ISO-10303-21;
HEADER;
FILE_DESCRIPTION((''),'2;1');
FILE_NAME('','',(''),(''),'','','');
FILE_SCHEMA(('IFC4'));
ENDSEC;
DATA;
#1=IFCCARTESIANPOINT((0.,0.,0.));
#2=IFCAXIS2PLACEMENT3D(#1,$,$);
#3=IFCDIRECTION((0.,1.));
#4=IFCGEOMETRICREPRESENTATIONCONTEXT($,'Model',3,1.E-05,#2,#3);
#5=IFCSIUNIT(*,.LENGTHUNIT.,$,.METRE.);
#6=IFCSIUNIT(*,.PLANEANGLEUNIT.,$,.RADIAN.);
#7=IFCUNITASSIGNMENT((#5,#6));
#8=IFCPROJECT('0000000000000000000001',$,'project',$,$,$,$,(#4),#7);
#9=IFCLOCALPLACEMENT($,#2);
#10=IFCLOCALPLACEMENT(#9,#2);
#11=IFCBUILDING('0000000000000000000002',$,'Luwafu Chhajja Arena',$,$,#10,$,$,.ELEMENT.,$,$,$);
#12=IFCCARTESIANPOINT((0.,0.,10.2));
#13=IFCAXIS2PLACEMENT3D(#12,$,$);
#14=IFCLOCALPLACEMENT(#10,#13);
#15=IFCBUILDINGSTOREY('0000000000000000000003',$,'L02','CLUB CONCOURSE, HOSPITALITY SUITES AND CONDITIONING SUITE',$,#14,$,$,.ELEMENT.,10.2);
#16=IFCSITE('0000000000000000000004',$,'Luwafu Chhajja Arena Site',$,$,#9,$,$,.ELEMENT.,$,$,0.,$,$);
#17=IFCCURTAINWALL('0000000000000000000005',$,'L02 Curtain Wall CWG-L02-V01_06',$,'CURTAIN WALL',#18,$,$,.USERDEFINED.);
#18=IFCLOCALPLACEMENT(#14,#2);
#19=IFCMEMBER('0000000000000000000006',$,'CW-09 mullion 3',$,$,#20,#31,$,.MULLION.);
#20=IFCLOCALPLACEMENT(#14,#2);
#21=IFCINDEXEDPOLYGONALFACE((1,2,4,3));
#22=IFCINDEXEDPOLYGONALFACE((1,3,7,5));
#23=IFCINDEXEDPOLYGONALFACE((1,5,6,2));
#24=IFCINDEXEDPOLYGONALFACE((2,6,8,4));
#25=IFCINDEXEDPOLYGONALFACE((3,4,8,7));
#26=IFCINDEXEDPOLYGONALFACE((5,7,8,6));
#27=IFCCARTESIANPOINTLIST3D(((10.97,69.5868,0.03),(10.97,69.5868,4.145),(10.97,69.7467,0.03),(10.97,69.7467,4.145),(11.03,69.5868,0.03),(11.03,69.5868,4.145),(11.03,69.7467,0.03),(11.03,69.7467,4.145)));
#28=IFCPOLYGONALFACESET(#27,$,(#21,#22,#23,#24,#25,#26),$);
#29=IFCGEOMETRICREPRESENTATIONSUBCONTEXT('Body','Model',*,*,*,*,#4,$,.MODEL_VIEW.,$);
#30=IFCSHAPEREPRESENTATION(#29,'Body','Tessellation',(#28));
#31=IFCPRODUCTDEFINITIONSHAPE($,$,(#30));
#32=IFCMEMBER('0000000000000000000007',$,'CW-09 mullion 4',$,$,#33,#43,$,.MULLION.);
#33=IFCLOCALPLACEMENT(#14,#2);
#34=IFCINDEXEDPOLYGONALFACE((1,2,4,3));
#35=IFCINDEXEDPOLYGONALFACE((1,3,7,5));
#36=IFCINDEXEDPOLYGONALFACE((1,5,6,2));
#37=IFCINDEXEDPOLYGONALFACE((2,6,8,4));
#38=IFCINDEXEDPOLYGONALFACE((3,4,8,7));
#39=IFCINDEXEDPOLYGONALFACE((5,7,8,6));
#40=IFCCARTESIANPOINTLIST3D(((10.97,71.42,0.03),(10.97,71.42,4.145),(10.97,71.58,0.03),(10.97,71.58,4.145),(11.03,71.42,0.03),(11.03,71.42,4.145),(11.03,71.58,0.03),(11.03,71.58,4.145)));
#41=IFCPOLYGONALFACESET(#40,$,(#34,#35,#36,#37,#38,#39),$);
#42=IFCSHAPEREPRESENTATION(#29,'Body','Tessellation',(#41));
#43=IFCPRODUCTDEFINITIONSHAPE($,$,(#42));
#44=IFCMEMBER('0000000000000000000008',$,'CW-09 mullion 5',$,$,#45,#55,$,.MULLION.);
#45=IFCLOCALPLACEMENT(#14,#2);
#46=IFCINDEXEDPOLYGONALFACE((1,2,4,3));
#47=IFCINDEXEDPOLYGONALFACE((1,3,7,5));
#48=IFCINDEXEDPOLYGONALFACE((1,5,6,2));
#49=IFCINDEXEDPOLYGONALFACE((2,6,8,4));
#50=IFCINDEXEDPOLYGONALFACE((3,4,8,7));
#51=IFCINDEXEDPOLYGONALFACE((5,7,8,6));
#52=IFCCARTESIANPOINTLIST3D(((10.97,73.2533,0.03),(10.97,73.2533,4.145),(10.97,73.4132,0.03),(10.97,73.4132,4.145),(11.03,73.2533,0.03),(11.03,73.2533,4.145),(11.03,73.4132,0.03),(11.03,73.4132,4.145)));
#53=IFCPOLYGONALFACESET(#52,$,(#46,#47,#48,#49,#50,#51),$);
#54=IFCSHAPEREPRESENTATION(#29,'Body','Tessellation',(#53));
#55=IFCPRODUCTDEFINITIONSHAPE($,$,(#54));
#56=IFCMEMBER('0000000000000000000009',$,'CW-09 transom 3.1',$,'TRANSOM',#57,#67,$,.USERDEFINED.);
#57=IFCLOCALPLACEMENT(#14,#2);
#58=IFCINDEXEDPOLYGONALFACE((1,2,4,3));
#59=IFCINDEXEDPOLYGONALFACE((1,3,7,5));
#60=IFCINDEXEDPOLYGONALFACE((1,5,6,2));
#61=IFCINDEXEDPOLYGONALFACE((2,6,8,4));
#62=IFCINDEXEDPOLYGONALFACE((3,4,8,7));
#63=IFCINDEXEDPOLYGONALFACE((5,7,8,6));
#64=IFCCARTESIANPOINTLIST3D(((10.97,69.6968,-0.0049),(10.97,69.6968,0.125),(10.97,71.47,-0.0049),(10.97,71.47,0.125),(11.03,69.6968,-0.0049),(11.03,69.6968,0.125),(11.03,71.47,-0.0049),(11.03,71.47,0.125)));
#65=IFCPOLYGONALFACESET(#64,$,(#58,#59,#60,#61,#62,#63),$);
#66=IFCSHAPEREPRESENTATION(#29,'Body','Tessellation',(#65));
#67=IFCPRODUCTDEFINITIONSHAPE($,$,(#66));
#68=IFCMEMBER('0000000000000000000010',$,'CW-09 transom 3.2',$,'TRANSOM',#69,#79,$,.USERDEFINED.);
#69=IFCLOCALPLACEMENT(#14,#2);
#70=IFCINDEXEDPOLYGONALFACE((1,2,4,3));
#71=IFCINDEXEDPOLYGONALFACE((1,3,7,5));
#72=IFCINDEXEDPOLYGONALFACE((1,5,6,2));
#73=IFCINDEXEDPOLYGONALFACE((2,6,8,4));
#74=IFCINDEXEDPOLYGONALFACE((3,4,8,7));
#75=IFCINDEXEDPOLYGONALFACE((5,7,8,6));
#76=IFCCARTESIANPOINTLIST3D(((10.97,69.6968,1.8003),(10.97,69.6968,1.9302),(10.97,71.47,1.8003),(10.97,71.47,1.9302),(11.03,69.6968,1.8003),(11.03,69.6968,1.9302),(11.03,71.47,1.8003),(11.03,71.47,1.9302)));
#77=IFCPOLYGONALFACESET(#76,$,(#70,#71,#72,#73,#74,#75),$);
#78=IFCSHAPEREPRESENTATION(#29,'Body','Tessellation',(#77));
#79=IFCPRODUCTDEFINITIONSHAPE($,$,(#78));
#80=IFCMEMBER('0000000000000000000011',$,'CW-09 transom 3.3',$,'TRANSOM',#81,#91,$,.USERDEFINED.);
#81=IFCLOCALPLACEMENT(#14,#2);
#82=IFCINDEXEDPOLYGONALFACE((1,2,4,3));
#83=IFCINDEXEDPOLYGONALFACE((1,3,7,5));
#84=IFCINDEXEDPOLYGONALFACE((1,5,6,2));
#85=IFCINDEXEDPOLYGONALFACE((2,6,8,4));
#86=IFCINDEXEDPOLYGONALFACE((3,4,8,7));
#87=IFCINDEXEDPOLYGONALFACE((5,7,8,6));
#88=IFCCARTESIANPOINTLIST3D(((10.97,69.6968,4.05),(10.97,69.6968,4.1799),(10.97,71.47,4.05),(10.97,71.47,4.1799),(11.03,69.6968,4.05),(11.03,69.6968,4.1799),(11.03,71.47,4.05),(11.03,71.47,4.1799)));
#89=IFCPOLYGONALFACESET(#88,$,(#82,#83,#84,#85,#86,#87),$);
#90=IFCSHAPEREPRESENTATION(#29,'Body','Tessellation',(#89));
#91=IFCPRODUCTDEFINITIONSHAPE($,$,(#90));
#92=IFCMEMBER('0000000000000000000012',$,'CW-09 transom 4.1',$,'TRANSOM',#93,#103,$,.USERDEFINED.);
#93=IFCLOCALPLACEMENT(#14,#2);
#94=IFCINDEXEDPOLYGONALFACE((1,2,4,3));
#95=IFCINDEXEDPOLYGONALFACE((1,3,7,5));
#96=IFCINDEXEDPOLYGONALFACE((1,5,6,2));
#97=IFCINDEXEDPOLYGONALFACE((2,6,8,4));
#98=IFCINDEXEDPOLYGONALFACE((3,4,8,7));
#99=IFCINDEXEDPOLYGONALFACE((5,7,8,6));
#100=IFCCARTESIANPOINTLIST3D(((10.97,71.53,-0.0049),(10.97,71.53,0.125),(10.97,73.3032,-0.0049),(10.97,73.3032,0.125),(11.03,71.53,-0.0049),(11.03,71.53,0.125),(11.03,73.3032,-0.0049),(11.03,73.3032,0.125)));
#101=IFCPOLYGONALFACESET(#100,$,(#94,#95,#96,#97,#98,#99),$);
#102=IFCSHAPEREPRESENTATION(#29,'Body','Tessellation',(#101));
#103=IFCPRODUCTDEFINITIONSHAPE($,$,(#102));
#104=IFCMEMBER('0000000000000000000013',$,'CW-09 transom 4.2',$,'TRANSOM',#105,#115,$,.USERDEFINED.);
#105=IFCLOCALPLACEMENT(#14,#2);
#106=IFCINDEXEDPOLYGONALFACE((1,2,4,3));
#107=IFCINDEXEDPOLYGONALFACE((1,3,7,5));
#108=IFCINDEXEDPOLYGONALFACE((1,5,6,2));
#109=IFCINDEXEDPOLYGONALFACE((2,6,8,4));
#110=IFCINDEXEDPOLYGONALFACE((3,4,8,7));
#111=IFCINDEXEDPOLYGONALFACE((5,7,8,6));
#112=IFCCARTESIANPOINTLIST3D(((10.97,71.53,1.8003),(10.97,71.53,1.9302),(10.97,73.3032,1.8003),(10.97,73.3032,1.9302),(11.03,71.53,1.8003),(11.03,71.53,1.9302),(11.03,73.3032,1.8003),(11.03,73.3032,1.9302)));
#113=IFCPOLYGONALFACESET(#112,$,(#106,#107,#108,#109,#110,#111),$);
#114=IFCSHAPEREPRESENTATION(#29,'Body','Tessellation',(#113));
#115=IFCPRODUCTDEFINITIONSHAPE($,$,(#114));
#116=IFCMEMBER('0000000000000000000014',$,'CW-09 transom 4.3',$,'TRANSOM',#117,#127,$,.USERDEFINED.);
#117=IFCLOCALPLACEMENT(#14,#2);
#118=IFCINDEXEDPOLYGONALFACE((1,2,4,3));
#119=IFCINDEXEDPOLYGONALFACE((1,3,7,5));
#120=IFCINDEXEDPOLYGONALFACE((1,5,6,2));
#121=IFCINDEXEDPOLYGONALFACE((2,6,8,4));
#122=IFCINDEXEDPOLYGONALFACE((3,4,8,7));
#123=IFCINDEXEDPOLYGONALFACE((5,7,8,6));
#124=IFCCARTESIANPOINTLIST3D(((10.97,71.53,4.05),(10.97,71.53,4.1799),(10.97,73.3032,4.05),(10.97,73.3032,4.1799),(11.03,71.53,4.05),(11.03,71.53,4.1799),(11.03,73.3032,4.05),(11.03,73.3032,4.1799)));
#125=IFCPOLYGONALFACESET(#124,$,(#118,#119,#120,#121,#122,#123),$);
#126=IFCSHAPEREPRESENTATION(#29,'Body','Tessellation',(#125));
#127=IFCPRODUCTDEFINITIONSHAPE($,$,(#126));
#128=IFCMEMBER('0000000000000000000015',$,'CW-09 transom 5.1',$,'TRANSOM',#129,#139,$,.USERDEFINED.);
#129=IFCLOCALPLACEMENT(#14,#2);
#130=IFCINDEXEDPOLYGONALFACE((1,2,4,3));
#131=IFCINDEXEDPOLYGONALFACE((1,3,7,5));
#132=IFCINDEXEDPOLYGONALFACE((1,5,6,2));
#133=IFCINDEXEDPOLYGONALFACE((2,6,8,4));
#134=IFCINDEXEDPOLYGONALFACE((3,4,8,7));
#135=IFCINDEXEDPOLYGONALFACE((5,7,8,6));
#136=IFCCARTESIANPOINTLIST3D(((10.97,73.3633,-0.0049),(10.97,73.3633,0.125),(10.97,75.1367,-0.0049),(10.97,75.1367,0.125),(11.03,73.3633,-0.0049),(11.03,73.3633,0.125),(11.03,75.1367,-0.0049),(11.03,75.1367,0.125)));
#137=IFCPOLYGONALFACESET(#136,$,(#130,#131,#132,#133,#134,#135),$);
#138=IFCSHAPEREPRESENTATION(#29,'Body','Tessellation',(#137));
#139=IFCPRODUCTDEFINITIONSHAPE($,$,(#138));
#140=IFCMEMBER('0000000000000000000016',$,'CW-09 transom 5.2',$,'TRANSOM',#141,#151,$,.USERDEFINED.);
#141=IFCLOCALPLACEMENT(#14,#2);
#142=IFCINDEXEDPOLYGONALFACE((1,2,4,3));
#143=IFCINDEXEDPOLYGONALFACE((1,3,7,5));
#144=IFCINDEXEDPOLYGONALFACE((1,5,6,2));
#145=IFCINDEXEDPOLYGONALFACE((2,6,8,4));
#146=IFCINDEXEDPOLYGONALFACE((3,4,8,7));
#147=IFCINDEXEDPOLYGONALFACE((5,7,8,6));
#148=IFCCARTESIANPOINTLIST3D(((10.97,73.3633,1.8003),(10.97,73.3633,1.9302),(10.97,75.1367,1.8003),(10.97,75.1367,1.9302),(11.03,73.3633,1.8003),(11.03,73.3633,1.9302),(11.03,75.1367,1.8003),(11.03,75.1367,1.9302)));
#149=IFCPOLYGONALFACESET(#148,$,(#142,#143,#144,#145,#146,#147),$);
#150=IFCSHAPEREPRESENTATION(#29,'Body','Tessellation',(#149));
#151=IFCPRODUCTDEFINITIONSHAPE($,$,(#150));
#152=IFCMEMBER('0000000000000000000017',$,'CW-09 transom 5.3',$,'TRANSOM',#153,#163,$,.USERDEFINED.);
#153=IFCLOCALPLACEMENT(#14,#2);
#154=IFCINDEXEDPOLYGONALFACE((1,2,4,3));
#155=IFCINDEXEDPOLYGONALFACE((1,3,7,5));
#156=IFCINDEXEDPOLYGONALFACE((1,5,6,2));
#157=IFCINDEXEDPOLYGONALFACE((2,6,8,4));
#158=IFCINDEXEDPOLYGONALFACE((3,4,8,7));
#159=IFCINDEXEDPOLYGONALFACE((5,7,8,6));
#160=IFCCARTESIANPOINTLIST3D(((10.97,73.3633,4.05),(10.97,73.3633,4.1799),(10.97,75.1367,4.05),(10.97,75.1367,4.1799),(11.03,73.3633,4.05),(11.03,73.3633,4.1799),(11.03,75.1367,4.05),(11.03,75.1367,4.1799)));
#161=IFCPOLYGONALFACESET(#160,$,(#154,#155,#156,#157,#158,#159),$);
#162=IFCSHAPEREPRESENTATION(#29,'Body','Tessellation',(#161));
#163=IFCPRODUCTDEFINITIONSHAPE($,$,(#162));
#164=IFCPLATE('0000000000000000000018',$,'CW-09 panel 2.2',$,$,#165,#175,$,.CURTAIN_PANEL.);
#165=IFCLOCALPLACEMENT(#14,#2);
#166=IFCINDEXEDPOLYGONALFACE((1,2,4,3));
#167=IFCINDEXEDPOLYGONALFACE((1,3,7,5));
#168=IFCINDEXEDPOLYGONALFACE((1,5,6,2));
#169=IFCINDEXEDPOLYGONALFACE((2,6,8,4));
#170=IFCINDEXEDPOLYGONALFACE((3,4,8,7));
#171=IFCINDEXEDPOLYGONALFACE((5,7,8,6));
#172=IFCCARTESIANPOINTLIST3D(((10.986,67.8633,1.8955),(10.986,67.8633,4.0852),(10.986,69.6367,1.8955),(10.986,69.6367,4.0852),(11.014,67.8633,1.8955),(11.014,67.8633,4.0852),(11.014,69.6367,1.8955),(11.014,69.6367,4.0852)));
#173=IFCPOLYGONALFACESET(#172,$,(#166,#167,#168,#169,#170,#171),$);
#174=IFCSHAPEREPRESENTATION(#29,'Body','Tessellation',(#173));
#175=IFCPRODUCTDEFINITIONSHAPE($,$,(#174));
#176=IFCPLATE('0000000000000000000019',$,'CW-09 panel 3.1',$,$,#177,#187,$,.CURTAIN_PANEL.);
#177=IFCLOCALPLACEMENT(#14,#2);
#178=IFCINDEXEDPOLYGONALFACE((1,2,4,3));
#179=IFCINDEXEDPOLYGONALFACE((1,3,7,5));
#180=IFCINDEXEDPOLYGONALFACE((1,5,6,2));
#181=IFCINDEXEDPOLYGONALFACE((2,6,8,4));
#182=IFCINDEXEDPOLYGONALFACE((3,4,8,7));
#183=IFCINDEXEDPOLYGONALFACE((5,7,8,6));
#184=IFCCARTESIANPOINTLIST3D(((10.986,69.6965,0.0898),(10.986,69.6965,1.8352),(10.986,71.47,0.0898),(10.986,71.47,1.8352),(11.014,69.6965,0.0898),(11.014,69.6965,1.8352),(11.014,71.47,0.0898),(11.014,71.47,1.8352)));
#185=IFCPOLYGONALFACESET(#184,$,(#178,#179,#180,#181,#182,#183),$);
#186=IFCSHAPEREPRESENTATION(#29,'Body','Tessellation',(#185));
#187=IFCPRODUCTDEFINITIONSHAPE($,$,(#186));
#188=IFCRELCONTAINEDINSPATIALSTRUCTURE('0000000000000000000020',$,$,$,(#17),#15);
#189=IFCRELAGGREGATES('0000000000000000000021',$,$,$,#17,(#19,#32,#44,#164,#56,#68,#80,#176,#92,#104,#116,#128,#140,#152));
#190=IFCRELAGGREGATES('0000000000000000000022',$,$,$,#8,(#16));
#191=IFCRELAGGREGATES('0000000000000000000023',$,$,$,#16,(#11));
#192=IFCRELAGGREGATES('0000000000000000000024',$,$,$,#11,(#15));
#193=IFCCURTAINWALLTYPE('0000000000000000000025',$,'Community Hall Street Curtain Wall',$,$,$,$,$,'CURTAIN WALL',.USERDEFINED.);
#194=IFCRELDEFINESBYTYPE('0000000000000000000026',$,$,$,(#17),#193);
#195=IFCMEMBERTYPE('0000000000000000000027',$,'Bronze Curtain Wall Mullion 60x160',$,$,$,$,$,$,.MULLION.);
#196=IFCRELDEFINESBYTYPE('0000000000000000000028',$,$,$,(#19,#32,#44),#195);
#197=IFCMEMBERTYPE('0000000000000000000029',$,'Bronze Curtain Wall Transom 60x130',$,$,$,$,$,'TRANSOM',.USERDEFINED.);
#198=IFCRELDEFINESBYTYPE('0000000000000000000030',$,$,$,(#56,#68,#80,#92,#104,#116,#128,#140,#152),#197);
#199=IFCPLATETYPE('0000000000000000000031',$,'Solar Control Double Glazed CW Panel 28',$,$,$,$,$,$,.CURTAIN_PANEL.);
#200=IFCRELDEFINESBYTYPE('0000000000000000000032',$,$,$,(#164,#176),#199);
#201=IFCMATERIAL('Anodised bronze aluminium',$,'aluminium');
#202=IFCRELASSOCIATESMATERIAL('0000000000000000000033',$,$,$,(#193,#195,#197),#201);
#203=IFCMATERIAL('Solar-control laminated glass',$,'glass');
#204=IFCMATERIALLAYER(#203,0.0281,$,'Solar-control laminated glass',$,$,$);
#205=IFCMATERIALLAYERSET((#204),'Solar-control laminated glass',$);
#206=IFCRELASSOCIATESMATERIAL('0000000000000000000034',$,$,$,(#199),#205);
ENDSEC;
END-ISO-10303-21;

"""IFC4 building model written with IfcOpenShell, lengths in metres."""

from ifc_helpers import new_model, si_unit, direction, frame, origin, origin_2d, place, context, subcontext, project, spatial, rectangle, extrude, material, layer, layer_set, material_profile, profile_set, type_object, element, aggregate, save


model = new_model("IFC4")

# Units and contexts
model_context = context("Model", 3, precision=1e-05, world=origin(), true_north=direction((0.0, 1.0)))
body_context = subcontext(model_context, "Body", "Model", "MODEL_VIEW")
ifc_project = project(units=[si_unit("LENGTHUNIT", "METRE"), si_unit("PLANEANGLEUNIT", "RADIAN")], contexts=[model_context])

# Site, building, storey
site_placement = place(None, origin())
site = spatial("IfcSite", under=ifc_project, at=site_placement, Name="Luwafu Chhajja Arena Site", CompositionType="ELEMENT", RefElevation=0.0)
building_placement = place(site_placement, origin())
building = spatial("IfcBuilding", under=site, at=building_placement, Name="Luwafu Chhajja Arena", CompositionType="ELEMENT")
storey_placement = place(building_placement, frame((0.0, 0.0, 10.2)))
storey = spatial("IfcBuildingStorey", under=building, at=storey_placement, Name="L02", Description="CLUB CONCOURSE, HOSPITALITY SUITES AND CONDITIONING SUITE", CompositionType="ELEMENT", Elevation=10.2)

# Curtain wall, members, plates
ifc_material_1 = material(Name="Anodised bronze aluminium", Category="aluminium")
curtain_wall_type = type_object("IfcCurtainWallType", Name="Community Hall Street Curtain Wall", ElementType="CURTAIN WALL", PredefinedType="USERDEFINED", material=ifc_material_1)
curtain_wall_placement = place(storey_placement, origin())
curtain_wall = element("IfcCurtainWall", 1, at=curtain_wall_placement, inside=storey, type_object=curtain_wall_type, Name="L02 Curtain Wall CWG-L02-V01_06", ObjectType="CURTAIN WALL", PredefinedType="USERDEFINED")
ifc_material_profile_1 = material_profile(ifc_material_1, rectangle(XDim=0.0601, YDim=0.1599, at=origin_2d()), Name="CWM 60x160")
ifc_profile_set_1 = profile_set([ifc_material_profile_1], Name="Anodised bronze aluminium")
member_type_1 = type_object("IfcMemberType", Name="Bronze Curtain Wall Mullion 60x160", PredefinedType="MULLION", material=ifc_profile_set_1)
member_1_placement = place(storey_placement, frame((11.0, 69.6667, 0.03), z_axis=(0.0, 0.0, 1.0), x_axis=(-1.0, 0.0, 0.0)))
member_1 = element("IfcMember", 2, at=member_1_placement, type_object=member_type_1, Name="CW-09 mullion 3", PredefinedType="MULLION", context=body_context, shape_type="SweptSolid", body=[
    extrude(rectangle(XDim=0.0601, YDim=0.1599, at=origin_2d()), origin(), (0.0, 0.0, 1.0), 4.115),
])
member_2_placement = place(storey_placement, frame((11.0, 71.5, 0.03), z_axis=(0.0, 0.0, 1.0), x_axis=(-1.0, 0.0, 0.0)))
member_2 = element("IfcMember", 3, at=member_2_placement, type_object=member_type_1, Name="CW-09 mullion 4", PredefinedType="MULLION", context=body_context, shape_type="SweptSolid", body=[
    extrude(rectangle(XDim=0.0601, YDim=0.1599, at=origin_2d()), origin(), (0.0, 0.0, 1.0), 4.115),
])
member_3_placement = place(storey_placement, frame((11.0, 73.3333, 0.03), z_axis=(0.0, 0.0, 1.0), x_axis=(-1.0, 0.0, 0.0)))
member_3 = element("IfcMember", 4, at=member_3_placement, type_object=member_type_1, Name="CW-09 mullion 5", PredefinedType="MULLION", context=body_context, shape_type="SweptSolid", body=[
    extrude(rectangle(XDim=0.0601, YDim=0.1599, at=origin_2d()), origin(), (0.0, 0.0, 1.0), 4.115),
])
ifc_material_profile_2 = material_profile(ifc_material_1, rectangle(XDim=0.0601, YDim=0.1299, at=origin_2d()), Name="CWT 60x130")
ifc_profile_set_2 = profile_set([ifc_material_profile_2], Name="Anodised bronze aluminium")
member_type_2 = type_object("IfcMemberType", Name="Bronze Curtain Wall Transom 60x130", ElementType="TRANSOM", PredefinedType="USERDEFINED", material=ifc_profile_set_2)
member_4_placement = place(storey_placement, frame((11.0, 69.6968, 0.0601), z_axis=(0.0, 1.0, 0.0), x_axis=(-1.0, 0.0, 0.0)))
member_4 = element("IfcMember", 5, at=member_4_placement, type_object=member_type_2, Name="CW-09 transom 3.1", ObjectType="TRANSOM", PredefinedType="USERDEFINED", context=body_context, shape_type="SweptSolid", body=[
    extrude(rectangle(XDim=0.0601, YDim=0.1299, at=origin_2d()), origin(), (0.0, 0.0, 1.0), 1.7732),
])
member_5_placement = place(storey_placement, frame((11.0, 69.6968, 1.8652), z_axis=(0.0, 1.0, 0.0), x_axis=(-1.0, 0.0, 0.0)))
member_5 = element("IfcMember", 6, at=member_5_placement, type_object=member_type_2, Name="CW-09 transom 3.2", ObjectType="TRANSOM", PredefinedType="USERDEFINED", context=body_context, shape_type="SweptSolid", body=[
    extrude(rectangle(XDim=0.0601, YDim=0.1299, at=origin_2d()), origin(), (0.0, 0.0, 1.0), 1.7732),
])
member_6_placement = place(storey_placement, frame((11.0, 69.6968, 4.115), z_axis=(0.0, 1.0, 0.0), x_axis=(-1.0, 0.0, 0.0)))
member_6 = element("IfcMember", 7, at=member_6_placement, type_object=member_type_2, Name="CW-09 transom 3.3", ObjectType="TRANSOM", PredefinedType="USERDEFINED", context=body_context, shape_type="SweptSolid", body=[
    extrude(rectangle(XDim=0.0601, YDim=0.1299, at=origin_2d()), origin(), (0.0, 0.0, 1.0), 1.7732),
])
member_7_placement = place(storey_placement, frame((11.0, 71.53, 0.0601), z_axis=(0.0, 1.0, 0.0), x_axis=(-1.0, 0.0, 0.0)))
member_7 = element("IfcMember", 8, at=member_7_placement, type_object=member_type_2, Name="CW-09 transom 4.1", ObjectType="TRANSOM", PredefinedType="USERDEFINED", context=body_context, shape_type="SweptSolid", body=[
    extrude(rectangle(XDim=0.0601, YDim=0.1299, at=origin_2d()), origin(), (0.0, 0.0, 1.0), 1.7732),
])
member_8_placement = place(storey_placement, frame((11.0, 71.53, 1.8652), z_axis=(0.0, 1.0, 0.0), x_axis=(-1.0, 0.0, 0.0)))
member_8 = element("IfcMember", 9, at=member_8_placement, type_object=member_type_2, Name="CW-09 transom 4.2", ObjectType="TRANSOM", PredefinedType="USERDEFINED", context=body_context, shape_type="SweptSolid", body=[
    extrude(rectangle(XDim=0.0601, YDim=0.1299, at=origin_2d()), origin(), (0.0, 0.0, 1.0), 1.7732),
])
member_9_placement = place(storey_placement, frame((11.0, 71.53, 4.115), z_axis=(0.0, 1.0, 0.0), x_axis=(-1.0, 0.0, 0.0)))
member_9 = element("IfcMember", 10, at=member_9_placement, type_object=member_type_2, Name="CW-09 transom 4.3", ObjectType="TRANSOM", PredefinedType="USERDEFINED", context=body_context, shape_type="SweptSolid", body=[
    extrude(rectangle(XDim=0.0601, YDim=0.1299, at=origin_2d()), origin(), (0.0, 0.0, 1.0), 1.7732),
])
member_10_placement = place(storey_placement, frame((11.0, 73.3633, 0.0601), z_axis=(0.0, 1.0, 0.0), x_axis=(-1.0, 0.0, 0.0)))
member_10 = element("IfcMember", 11, at=member_10_placement, type_object=member_type_2, Name="CW-09 transom 5.1", ObjectType="TRANSOM", PredefinedType="USERDEFINED", context=body_context, shape_type="SweptSolid", body=[
    extrude(rectangle(XDim=0.0601, YDim=0.1299, at=origin_2d()), origin(), (0.0, 0.0, 1.0), 1.7734),
])
member_11_placement = place(storey_placement, frame((11.0, 73.3633, 1.8652), z_axis=(0.0, 1.0, 0.0), x_axis=(-1.0, 0.0, 0.0)))
member_11 = element("IfcMember", 12, at=member_11_placement, type_object=member_type_2, Name="CW-09 transom 5.2", ObjectType="TRANSOM", PredefinedType="USERDEFINED", context=body_context, shape_type="SweptSolid", body=[
    extrude(rectangle(XDim=0.0601, YDim=0.1299, at=origin_2d()), origin(), (0.0, 0.0, 1.0), 1.7734),
])
member_12_placement = place(storey_placement, frame((11.0, 73.3633, 4.115), z_axis=(0.0, 1.0, 0.0), x_axis=(-1.0, 0.0, 0.0)))
member_12 = element("IfcMember", 13, at=member_12_placement, type_object=member_type_2, Name="CW-09 transom 5.3", ObjectType="TRANSOM", PredefinedType="USERDEFINED", context=body_context, shape_type="SweptSolid", body=[
    extrude(rectangle(XDim=0.0601, YDim=0.1299, at=origin_2d()), origin(), (0.0, 0.0, 1.0), 1.7734),
])
ifc_material_2 = material(Name="Solar-control laminated glass", Category="glass")
ifc_layer_1 = layer(ifc_material_2, 0.0281, Name="Solar-control laminated glass")
ifc_layer_set_1 = layer_set([ifc_layer_1], Name="Solar-control laminated glass")
plate_type = type_object("IfcPlateType", Name="Solar Control Double Glazed CW Panel 28", PredefinedType="CURTAIN_PANEL", material=ifc_layer_set_1)
plate_1_placement = place(storey_placement, frame((11.0, 68.75, 1.8955), z_axis=(0.0, 0.0, 1.0), x_axis=(0.0, 1.0, 0.0)))
plate_1 = element("IfcPlate", 14, at=plate_1_placement, type_object=plate_type, Name="CW-09 panel 2.2", PredefinedType="CURTAIN_PANEL", context=body_context, shape_type="SweptSolid", body=[
    extrude(rectangle(XDim=1.7734, YDim=0.0281, at=origin_2d()), origin(), (0.0, 0.0, 1.0), 2.1897),
])
plate_2_placement = place(storey_placement, frame((11.0, 70.5833, 0.0898), z_axis=(0.0, 0.0, 1.0), x_axis=(0.0, 1.0, 0.0)))
plate_2 = element("IfcPlate", 15, at=plate_2_placement, type_object=plate_type, Name="CW-09 panel 3.1", PredefinedType="CURTAIN_PANEL", context=body_context, shape_type="SweptSolid", body=[
    extrude(rectangle(XDim=1.7734, YDim=0.0281, at=origin_2d()), origin(), (0.0, 0.0, 1.0), 1.7454),
])
aggregate(curtain_wall, [member_1, member_2, member_3, plate_1, member_4, member_5, member_6, plate_2, member_7, member_8, member_9, member_10, member_11, member_12])

save(model, "model.ifc")
